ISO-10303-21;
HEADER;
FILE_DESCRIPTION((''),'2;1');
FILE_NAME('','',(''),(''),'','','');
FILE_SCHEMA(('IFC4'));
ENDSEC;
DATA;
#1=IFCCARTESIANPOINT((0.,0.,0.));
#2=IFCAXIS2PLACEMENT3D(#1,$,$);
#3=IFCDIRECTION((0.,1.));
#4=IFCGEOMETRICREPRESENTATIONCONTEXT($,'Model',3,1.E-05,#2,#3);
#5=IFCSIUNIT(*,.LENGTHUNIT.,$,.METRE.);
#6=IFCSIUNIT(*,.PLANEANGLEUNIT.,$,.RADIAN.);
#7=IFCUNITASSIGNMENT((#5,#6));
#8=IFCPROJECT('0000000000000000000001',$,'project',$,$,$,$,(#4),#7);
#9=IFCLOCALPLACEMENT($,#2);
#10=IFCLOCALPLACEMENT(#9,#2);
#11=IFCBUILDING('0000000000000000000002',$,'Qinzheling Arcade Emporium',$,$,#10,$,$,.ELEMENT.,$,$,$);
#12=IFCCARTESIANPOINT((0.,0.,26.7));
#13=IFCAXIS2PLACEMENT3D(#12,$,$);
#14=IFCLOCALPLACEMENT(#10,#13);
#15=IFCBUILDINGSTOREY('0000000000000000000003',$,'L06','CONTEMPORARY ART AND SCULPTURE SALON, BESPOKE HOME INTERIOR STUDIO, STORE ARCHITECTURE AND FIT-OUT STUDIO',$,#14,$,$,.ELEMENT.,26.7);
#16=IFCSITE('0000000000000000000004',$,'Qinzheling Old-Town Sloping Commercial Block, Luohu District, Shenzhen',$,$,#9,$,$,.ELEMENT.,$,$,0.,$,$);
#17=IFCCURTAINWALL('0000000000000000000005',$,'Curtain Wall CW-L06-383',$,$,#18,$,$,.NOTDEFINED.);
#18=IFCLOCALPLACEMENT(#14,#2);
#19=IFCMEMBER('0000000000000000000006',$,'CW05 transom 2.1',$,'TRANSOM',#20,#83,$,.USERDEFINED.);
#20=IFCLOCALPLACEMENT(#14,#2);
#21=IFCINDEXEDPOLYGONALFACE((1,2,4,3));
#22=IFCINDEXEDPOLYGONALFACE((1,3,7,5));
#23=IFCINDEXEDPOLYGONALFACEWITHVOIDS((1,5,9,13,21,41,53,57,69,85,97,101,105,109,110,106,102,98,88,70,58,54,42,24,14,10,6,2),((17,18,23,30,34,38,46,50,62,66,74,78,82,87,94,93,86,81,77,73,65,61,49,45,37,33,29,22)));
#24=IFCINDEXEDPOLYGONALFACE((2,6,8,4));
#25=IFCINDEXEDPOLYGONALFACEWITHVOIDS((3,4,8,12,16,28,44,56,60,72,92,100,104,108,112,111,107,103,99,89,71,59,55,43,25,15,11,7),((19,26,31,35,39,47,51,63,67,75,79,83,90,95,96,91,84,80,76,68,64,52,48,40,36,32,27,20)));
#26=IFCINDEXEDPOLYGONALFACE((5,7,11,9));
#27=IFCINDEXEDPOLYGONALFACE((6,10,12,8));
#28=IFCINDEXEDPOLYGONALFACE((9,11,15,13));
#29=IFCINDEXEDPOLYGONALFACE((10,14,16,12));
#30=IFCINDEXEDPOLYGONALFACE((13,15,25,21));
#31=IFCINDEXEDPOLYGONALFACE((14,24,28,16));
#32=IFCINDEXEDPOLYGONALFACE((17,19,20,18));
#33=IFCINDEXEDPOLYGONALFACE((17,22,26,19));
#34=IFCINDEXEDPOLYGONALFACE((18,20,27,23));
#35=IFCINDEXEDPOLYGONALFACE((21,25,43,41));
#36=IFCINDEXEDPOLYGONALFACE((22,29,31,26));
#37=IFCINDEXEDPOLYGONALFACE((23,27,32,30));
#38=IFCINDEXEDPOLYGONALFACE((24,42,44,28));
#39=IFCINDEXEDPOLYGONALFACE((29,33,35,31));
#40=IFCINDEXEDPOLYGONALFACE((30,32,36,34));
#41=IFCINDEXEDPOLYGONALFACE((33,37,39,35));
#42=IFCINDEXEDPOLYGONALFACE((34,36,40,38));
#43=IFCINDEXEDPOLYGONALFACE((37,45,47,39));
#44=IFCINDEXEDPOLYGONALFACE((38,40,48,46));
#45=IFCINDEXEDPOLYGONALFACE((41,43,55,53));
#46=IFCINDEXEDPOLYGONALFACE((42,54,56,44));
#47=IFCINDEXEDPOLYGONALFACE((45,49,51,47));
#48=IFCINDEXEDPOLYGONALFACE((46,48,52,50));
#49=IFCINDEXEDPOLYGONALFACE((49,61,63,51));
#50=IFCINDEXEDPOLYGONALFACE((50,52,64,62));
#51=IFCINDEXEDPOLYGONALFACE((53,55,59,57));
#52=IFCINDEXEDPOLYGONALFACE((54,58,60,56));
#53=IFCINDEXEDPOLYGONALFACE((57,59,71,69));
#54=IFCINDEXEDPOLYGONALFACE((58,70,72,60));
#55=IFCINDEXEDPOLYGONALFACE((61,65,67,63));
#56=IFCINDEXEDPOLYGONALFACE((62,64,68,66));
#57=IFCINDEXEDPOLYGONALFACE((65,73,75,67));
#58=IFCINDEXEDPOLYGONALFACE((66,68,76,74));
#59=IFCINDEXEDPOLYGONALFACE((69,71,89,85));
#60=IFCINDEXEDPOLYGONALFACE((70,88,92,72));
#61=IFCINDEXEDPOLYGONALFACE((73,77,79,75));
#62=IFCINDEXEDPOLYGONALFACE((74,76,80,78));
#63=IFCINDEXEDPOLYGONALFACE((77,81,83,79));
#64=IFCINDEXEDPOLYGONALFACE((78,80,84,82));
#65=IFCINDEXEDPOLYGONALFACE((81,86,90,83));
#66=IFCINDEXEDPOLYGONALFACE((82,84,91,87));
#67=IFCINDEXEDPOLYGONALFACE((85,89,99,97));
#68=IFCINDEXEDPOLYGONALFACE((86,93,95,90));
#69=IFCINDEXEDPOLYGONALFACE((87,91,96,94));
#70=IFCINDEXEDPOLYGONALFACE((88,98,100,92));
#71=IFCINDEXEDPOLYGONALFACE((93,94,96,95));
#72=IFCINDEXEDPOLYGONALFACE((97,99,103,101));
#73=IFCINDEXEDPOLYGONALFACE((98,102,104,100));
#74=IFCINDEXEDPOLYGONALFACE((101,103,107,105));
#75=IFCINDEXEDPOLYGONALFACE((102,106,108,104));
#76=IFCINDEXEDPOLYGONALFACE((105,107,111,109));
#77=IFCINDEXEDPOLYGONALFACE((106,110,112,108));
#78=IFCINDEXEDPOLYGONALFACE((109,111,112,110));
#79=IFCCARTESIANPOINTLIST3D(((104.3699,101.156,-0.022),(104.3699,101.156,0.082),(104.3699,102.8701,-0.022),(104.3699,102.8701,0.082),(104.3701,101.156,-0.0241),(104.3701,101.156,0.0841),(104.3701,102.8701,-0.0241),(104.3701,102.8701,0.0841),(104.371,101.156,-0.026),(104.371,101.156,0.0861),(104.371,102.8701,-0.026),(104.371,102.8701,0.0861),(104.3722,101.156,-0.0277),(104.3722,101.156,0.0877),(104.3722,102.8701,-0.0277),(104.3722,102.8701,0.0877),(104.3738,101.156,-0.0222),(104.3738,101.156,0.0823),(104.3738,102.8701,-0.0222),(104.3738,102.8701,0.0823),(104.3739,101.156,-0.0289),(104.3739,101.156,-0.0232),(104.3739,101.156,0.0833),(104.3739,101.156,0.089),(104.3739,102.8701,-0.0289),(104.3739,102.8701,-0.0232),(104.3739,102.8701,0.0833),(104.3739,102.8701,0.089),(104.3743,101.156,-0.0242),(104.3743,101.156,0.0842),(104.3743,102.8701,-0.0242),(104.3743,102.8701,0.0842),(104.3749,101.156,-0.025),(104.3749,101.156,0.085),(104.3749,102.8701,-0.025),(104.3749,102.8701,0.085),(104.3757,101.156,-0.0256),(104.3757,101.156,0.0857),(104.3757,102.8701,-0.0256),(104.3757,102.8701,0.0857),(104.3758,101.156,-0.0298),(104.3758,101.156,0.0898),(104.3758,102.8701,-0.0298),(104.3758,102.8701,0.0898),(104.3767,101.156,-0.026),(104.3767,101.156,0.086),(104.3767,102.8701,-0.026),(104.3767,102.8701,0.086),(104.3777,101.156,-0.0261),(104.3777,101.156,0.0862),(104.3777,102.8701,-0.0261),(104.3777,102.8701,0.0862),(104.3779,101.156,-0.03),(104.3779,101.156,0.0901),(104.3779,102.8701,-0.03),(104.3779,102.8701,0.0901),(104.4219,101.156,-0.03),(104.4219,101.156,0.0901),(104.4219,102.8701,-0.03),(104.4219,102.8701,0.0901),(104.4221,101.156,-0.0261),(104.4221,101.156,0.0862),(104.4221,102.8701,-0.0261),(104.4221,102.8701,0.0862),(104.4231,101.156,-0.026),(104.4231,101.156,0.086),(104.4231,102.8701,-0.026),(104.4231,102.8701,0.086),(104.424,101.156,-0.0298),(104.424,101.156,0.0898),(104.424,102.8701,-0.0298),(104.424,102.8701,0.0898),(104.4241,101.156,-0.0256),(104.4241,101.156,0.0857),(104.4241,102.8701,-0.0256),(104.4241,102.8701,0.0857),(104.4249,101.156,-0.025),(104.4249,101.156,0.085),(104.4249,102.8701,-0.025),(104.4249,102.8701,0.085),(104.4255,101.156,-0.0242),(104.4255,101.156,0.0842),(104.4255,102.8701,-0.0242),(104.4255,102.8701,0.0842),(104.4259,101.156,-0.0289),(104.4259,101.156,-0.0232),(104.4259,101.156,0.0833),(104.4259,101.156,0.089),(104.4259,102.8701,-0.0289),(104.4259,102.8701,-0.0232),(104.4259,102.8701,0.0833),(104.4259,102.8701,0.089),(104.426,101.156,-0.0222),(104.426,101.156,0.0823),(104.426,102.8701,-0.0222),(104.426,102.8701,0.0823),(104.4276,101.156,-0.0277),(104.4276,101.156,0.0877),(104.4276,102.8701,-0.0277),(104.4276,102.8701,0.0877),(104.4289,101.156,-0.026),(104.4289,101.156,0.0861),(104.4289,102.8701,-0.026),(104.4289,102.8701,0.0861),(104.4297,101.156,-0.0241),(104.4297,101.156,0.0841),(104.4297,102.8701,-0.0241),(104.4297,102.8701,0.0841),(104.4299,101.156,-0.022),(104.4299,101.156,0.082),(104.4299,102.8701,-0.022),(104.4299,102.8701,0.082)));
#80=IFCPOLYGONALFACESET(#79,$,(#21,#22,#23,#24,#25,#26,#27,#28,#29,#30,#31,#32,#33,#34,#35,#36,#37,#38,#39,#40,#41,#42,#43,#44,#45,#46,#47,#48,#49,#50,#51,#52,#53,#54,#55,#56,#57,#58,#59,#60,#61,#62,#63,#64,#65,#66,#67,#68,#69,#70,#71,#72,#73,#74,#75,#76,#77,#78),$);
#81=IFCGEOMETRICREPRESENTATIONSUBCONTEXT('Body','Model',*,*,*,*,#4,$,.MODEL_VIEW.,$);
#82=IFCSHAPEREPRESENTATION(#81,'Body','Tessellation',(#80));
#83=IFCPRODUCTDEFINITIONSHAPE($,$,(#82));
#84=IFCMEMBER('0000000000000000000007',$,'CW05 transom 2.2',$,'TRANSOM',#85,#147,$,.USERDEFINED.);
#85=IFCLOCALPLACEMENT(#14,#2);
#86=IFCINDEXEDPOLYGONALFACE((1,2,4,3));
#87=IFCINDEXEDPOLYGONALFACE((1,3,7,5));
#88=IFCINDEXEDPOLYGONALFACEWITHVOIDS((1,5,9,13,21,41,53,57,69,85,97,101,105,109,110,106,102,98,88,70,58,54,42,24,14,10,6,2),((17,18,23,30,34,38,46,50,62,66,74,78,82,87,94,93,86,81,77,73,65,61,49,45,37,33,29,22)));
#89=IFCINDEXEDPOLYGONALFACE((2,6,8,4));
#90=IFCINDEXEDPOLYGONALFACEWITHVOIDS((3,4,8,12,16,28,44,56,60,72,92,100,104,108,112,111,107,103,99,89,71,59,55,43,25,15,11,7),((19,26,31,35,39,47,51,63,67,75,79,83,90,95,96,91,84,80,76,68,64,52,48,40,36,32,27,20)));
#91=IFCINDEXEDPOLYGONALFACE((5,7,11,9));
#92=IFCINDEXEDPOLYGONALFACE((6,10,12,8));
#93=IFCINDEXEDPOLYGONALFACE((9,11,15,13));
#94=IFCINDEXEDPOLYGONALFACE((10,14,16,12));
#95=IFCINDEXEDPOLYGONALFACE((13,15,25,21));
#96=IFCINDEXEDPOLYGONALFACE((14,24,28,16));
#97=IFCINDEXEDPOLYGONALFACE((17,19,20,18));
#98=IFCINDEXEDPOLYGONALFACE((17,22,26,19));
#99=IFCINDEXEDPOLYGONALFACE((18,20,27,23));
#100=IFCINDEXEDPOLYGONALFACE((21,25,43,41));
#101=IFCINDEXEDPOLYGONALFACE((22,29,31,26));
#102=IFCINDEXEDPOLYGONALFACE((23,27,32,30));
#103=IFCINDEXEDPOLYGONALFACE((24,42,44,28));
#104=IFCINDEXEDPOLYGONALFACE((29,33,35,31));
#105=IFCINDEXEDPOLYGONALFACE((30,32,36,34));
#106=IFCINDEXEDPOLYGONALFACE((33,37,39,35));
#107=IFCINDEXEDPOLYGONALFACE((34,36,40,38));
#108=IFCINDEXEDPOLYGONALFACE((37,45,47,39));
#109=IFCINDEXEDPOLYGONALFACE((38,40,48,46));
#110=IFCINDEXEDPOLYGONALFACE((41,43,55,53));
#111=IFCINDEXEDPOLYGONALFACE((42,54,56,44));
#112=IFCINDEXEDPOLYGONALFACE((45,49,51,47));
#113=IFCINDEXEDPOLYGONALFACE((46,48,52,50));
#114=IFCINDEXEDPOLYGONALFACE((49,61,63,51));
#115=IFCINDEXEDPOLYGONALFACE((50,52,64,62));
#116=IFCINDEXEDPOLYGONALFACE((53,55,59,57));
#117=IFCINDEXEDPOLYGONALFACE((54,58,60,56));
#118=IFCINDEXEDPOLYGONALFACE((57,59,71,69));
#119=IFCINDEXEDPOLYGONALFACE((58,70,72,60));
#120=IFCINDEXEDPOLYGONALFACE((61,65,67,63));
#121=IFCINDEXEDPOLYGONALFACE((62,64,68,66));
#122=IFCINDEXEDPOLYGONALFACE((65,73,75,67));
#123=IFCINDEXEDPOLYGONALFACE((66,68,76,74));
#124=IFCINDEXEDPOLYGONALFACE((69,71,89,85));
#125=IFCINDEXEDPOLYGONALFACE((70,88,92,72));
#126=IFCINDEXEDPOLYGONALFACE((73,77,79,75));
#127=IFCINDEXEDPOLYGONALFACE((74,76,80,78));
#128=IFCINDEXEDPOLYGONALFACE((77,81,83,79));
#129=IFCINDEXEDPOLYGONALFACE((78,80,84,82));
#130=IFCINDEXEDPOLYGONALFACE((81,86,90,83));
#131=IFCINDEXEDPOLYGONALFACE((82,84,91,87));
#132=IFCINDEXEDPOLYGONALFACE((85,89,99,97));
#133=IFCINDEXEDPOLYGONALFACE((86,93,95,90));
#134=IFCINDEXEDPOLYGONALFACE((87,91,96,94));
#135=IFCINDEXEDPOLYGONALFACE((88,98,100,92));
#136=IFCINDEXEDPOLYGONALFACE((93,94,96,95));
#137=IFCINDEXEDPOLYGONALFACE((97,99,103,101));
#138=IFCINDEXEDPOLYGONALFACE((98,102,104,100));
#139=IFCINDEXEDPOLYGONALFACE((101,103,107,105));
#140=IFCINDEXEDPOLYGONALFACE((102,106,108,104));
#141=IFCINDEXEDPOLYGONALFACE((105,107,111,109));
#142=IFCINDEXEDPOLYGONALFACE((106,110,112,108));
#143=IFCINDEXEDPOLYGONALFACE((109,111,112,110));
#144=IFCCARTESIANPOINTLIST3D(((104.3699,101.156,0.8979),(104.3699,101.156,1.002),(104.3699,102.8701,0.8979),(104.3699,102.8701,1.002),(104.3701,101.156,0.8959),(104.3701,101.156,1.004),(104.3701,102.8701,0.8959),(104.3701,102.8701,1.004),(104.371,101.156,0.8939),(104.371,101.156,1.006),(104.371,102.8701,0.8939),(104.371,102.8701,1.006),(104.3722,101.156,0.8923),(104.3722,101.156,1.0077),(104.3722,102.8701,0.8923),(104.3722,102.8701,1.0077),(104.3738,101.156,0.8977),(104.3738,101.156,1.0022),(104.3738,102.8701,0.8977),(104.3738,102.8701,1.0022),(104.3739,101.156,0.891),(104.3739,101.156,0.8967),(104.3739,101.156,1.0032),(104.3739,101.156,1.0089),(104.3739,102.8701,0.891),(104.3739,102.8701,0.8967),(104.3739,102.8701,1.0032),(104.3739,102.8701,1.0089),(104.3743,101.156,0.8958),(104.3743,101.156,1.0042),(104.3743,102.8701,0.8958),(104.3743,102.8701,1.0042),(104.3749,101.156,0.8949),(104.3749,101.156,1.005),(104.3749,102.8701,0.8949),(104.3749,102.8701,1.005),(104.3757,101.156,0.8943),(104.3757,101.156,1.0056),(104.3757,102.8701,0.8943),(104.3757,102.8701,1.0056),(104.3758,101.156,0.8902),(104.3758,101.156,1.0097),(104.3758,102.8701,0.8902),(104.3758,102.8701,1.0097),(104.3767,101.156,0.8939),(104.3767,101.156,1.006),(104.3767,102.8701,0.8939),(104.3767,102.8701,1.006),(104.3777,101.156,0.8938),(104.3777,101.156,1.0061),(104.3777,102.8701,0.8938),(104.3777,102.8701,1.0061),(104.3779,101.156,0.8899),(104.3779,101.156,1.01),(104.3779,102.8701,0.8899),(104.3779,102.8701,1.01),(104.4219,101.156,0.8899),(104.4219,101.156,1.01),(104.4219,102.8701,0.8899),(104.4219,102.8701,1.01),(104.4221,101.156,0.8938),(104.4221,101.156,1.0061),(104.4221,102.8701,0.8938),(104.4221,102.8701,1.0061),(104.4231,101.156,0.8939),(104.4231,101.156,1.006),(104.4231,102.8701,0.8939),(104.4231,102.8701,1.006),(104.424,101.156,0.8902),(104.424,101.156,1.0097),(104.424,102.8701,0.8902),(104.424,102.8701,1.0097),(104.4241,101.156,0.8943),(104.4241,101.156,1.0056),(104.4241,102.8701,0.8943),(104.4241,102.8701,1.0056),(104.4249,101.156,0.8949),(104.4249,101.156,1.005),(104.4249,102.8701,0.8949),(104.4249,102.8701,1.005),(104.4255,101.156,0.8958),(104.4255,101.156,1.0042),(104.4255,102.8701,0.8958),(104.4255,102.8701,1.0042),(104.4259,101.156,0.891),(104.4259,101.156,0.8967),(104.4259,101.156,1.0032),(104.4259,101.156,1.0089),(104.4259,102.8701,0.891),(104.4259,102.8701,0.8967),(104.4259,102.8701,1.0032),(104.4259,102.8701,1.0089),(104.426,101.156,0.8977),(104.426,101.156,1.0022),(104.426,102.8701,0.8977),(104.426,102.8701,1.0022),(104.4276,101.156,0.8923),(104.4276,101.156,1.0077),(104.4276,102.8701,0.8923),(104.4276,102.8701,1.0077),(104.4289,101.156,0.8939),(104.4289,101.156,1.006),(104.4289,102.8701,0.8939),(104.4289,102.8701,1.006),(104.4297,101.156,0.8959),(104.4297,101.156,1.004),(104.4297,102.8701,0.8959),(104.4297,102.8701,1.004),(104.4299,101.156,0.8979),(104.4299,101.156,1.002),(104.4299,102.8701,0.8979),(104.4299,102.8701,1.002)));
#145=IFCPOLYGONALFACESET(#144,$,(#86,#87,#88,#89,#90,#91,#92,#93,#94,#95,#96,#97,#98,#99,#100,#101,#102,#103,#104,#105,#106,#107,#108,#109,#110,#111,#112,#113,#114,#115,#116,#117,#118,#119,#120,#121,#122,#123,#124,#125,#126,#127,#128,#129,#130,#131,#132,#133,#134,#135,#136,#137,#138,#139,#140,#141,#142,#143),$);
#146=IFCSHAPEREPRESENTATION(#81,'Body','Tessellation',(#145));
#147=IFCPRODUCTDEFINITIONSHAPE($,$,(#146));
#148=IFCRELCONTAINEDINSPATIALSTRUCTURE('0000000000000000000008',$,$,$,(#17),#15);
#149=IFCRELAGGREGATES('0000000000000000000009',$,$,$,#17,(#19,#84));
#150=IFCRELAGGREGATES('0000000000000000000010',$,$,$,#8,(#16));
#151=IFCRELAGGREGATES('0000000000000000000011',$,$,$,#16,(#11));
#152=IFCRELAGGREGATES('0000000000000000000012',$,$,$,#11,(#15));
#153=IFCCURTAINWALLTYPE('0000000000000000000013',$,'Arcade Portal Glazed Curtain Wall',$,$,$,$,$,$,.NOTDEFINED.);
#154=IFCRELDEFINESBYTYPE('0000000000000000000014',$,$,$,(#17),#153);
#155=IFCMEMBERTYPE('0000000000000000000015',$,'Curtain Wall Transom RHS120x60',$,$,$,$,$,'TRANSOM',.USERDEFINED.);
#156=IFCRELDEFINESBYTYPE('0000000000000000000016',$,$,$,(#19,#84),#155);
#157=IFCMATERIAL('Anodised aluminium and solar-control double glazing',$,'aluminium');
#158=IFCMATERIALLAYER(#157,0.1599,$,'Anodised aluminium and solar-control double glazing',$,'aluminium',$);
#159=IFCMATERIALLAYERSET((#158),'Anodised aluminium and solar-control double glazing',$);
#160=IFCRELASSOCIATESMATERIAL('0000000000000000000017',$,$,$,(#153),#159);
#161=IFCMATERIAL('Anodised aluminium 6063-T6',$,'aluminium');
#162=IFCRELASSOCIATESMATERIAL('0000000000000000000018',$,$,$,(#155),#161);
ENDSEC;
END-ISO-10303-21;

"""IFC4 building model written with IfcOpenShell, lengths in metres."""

from ifc_helpers import new_model, si_unit, direction, frame, origin, origin_2d, place, context, subcontext, project, spatial, hollow_rectangle, extrude, material, layer, layer_set, material_profile, profile_set, type_object, element, aggregate, save


model = new_model("IFC4")

# Units and contexts
model_context = context("Model", 3, precision=1e-05, world=origin(), true_north=direction((0.0, 1.0)))
body_context = subcontext(model_context, "Body", "Model", "MODEL_VIEW")
ifc_project = project(units=[si_unit("LENGTHUNIT", "METRE"), si_unit("PLANEANGLEUNIT", "RADIAN")], contexts=[model_context])

# Site, building, storey
site_placement = place(None, origin())
site = spatial("IfcSite", under=ifc_project, at=site_placement, Name="Qinzheling Old-Town Sloping Commercial Block, Luohu District, Shenzhen", CompositionType="ELEMENT", RefElevation=0.0)
building_placement = place(site_placement, origin())
building = spatial("IfcBuilding", under=site, at=building_placement, Name="Qinzheling Arcade Emporium", CompositionType="ELEMENT")
storey_placement = place(building_placement, frame((0.0, 0.0, 26.7)))
storey = spatial("IfcBuildingStorey", under=building, at=storey_placement, Name="L06", Description="CONTEMPORARY ART AND SCULPTURE SALON, BESPOKE HOME INTERIOR STUDIO, STORE ARCHITECTURE AND FIT-OUT STUDIO", CompositionType="ELEMENT", Elevation=26.7)

# Curtain wall, members
ifc_material_1 = material(Name="Anodised aluminium and solar-control double glazing", Category="aluminium")
ifc_layer_1 = layer(ifc_material_1, 0.1599, Name="Anodised aluminium and solar-control double glazing", Category="aluminium")
ifc_layer_set_1 = layer_set([ifc_layer_1], Name="Anodised aluminium and solar-control double glazing")
curtain_wall_type = type_object("IfcCurtainWallType", Name="Arcade Portal Glazed Curtain Wall", PredefinedType="NOTDEFINED", material=ifc_layer_set_1)
curtain_wall_placement = place(storey_placement, origin())
curtain_wall = element("IfcCurtainWall", 1, at=curtain_wall_placement, inside=storey, type_object=curtain_wall_type, Name="Curtain Wall CW-L06-383", PredefinedType="NOTDEFINED")
ifc_material_2 = material(Name="Anodised aluminium 6063-T6", Category="aluminium")
ifc_material_profile_1 = material_profile(ifc_material_2, hollow_rectangle(XDim=0.0601, YDim=0.1201, WallThickness=0.0039, InnerFilletRadius=0.0039, OuterFilletRadius=0.0081, at=origin_2d()), Name="RHS 120x60x4", Category="aluminium")
ifc_profile_set_1 = profile_set([ifc_material_profile_1], Name="Anodised aluminium 6063-T6")
member_type_1 = type_object("IfcMemberType", Name="Curtain Wall Transom RHS120x60", ElementType="TRANSOM", PredefinedType="USERDEFINED", material=ifc_profile_set_1)
member_1_placement = place(storey_placement, frame((104.3999, 101.156, 0.03), z_axis=(0.0, 1.0, 0.0), x_axis=(-1.0, 0.0, 0.0)))
member_1 = element("IfcMember", 2, at=member_1_placement, type_object=member_type_1, Name="CW05 transom 2.1", ObjectType="TRANSOM", PredefinedType="USERDEFINED", context=body_context, shape_type="SweptSolid", body=[
    extrude(hollow_rectangle(XDim=0.0601, YDim=0.1201, WallThickness=0.0039, InnerFilletRadius=0.0039, OuterFilletRadius=0.0081, at=origin_2d()), origin(), (0.0, 0.0, 1.0), 1.7141),
])
member_2_placement = place(storey_placement, frame((104.3999, 101.156, 0.95), z_axis=(0.0, 1.0, 0.0), x_axis=(-1.0, 0.0, 0.0)))
member_2 = element("IfcMember", 3, at=member_2_placement, type_object=member_type_1, Name="CW05 transom 2.2", ObjectType="TRANSOM", PredefinedType="USERDEFINED", context=body_context, shape_type="SweptSolid", body=[
    extrude(hollow_rectangle(XDim=0.0601, YDim=0.1201, WallThickness=0.0039, InnerFilletRadius=0.0039, OuterFilletRadius=0.0081, at=origin_2d()), origin(), (0.0, 0.0, 1.0), 1.7141),
])

aggregate(curtain_wall, [member_1, member_2])

save(model, "model.ifc")
